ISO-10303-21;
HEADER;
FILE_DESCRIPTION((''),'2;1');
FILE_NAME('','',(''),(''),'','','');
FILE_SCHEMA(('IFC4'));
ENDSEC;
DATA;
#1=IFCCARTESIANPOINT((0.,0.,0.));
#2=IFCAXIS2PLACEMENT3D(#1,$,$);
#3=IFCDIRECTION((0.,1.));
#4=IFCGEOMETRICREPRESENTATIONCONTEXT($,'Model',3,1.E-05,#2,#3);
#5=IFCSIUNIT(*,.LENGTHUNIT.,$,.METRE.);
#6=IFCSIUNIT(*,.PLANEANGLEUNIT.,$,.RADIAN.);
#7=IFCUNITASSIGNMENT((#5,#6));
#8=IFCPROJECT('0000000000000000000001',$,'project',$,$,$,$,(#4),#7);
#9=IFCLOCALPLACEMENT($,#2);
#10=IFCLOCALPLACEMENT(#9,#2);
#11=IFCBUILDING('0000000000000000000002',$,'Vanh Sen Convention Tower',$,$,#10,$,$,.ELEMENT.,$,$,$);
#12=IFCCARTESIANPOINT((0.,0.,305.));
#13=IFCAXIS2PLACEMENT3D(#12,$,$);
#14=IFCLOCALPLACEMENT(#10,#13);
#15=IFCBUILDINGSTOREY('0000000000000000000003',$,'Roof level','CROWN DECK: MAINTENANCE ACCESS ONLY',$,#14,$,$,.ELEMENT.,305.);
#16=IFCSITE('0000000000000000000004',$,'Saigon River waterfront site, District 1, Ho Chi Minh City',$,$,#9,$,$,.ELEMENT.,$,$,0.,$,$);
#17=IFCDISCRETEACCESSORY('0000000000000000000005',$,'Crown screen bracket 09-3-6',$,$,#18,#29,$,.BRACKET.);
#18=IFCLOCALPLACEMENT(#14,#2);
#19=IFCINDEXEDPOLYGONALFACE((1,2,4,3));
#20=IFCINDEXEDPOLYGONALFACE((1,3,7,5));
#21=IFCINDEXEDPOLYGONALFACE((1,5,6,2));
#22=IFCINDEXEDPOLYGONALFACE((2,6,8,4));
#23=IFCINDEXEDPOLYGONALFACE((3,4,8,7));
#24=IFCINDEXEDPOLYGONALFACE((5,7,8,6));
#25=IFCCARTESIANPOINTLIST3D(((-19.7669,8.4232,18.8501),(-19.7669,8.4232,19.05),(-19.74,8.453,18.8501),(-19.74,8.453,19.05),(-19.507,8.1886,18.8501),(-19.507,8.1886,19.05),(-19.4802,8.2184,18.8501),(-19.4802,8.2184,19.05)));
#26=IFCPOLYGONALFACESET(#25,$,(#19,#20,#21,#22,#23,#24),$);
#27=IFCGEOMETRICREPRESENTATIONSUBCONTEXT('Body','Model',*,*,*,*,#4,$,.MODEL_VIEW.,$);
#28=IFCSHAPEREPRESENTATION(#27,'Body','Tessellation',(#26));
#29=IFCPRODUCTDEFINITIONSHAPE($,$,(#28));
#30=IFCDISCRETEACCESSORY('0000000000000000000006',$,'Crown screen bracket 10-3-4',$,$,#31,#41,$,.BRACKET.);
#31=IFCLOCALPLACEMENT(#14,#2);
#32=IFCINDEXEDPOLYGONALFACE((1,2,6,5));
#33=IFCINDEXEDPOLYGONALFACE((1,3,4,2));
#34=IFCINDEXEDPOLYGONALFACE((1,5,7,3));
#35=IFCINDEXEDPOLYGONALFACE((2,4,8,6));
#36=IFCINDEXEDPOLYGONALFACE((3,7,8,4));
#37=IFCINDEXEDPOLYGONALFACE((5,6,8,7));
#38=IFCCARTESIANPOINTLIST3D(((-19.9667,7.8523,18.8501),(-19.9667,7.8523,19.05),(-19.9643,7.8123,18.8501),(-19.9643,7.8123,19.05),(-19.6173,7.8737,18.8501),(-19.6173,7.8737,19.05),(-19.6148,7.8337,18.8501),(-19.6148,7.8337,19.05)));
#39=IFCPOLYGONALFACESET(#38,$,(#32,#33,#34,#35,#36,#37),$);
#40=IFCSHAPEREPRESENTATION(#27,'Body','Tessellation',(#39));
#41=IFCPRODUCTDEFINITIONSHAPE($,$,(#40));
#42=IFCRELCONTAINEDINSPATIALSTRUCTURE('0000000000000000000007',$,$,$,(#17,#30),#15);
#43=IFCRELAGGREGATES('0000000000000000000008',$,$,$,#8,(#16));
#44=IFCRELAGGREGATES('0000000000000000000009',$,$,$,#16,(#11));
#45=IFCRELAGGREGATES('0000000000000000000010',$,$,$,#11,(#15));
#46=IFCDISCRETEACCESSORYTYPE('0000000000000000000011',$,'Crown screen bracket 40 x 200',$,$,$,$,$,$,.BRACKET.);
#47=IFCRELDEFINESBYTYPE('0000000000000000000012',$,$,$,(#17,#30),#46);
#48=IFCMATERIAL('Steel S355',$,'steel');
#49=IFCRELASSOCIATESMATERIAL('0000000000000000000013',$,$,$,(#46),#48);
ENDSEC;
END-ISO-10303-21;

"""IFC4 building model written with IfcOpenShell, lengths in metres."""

from ifc_helpers import new_model, si_unit, direction, frame, origin, origin_2d, place, context, subcontext, project, spatial, rectangle, extrude, material, type_object, element, save


model = new_model("IFC4")

# Units and contexts
model_context = context("Model", 3, precision=1e-05, world=origin(), true_north=direction((0.0, 1.0)))
body_context = subcontext(model_context, "Body", "Model", "MODEL_VIEW")
ifc_project = project(units=[si_unit("LENGTHUNIT", "METRE"), si_unit("PLANEANGLEUNIT", "RADIAN")], contexts=[model_context])

# Site, building, storey
site_placement = place(None, origin())
site = spatial("IfcSite", under=ifc_project, at=site_placement, Name="Saigon River waterfront site, District 1, Ho Chi Minh City", CompositionType="ELEMENT", RefElevation=0.0)
building_placement = place(site_placement, origin())
building = spatial("IfcBuilding", under=site, at=building_placement, Name="Vanh Sen Convention Tower", CompositionType="ELEMENT")
storey_placement = place(building_placement, frame((0.0, 0.0, 305.0)))
storey = spatial("IfcBuildingStorey", under=building, at=storey_placement, Name="Roof level", Description="CROWN DECK: MAINTENANCE ACCESS ONLY", CompositionType="ELEMENT", Elevation=305.0)

# Discrete accessories
ifc_material_1 = material(Name="Steel S355", Category="steel")
discrete_accessory_type_1 = type_object("IfcDiscreteAccessoryType", Name="Crown screen bracket 40 x 200", PredefinedType="BRACKET", material=ifc_material_1)
for number, where, z_axis, x_axis, name in (
    (1, (-19.6235, 8.3208, 18.8501), (0.0, 0.0, 1.0), (-0.742232, 0.670143, 0.0), "Crown screen bracket 09-3-6"),
    (2, (-19.7908, 7.843, 18.8501), (0.0, 0.0, 1.0), (-0.998135, -0.06105, 0.0), "Crown screen bracket 10-3-4"),
):
    element("IfcDiscreteAccessory", number, at=place(storey_placement, frame(where, z_axis=z_axis, x_axis=x_axis)), inside=storey, type_object=discrete_accessory_type_1, Name=name, PredefinedType="BRACKET", context=body_context, shape_type="SweptSolid", body=[
        extrude(rectangle(XDim=0.3501, YDim=0.04, at=origin_2d()), origin(), (0.0, 0.0, 1.0), 0.2),
    ])

save(model, "model.ifc")
